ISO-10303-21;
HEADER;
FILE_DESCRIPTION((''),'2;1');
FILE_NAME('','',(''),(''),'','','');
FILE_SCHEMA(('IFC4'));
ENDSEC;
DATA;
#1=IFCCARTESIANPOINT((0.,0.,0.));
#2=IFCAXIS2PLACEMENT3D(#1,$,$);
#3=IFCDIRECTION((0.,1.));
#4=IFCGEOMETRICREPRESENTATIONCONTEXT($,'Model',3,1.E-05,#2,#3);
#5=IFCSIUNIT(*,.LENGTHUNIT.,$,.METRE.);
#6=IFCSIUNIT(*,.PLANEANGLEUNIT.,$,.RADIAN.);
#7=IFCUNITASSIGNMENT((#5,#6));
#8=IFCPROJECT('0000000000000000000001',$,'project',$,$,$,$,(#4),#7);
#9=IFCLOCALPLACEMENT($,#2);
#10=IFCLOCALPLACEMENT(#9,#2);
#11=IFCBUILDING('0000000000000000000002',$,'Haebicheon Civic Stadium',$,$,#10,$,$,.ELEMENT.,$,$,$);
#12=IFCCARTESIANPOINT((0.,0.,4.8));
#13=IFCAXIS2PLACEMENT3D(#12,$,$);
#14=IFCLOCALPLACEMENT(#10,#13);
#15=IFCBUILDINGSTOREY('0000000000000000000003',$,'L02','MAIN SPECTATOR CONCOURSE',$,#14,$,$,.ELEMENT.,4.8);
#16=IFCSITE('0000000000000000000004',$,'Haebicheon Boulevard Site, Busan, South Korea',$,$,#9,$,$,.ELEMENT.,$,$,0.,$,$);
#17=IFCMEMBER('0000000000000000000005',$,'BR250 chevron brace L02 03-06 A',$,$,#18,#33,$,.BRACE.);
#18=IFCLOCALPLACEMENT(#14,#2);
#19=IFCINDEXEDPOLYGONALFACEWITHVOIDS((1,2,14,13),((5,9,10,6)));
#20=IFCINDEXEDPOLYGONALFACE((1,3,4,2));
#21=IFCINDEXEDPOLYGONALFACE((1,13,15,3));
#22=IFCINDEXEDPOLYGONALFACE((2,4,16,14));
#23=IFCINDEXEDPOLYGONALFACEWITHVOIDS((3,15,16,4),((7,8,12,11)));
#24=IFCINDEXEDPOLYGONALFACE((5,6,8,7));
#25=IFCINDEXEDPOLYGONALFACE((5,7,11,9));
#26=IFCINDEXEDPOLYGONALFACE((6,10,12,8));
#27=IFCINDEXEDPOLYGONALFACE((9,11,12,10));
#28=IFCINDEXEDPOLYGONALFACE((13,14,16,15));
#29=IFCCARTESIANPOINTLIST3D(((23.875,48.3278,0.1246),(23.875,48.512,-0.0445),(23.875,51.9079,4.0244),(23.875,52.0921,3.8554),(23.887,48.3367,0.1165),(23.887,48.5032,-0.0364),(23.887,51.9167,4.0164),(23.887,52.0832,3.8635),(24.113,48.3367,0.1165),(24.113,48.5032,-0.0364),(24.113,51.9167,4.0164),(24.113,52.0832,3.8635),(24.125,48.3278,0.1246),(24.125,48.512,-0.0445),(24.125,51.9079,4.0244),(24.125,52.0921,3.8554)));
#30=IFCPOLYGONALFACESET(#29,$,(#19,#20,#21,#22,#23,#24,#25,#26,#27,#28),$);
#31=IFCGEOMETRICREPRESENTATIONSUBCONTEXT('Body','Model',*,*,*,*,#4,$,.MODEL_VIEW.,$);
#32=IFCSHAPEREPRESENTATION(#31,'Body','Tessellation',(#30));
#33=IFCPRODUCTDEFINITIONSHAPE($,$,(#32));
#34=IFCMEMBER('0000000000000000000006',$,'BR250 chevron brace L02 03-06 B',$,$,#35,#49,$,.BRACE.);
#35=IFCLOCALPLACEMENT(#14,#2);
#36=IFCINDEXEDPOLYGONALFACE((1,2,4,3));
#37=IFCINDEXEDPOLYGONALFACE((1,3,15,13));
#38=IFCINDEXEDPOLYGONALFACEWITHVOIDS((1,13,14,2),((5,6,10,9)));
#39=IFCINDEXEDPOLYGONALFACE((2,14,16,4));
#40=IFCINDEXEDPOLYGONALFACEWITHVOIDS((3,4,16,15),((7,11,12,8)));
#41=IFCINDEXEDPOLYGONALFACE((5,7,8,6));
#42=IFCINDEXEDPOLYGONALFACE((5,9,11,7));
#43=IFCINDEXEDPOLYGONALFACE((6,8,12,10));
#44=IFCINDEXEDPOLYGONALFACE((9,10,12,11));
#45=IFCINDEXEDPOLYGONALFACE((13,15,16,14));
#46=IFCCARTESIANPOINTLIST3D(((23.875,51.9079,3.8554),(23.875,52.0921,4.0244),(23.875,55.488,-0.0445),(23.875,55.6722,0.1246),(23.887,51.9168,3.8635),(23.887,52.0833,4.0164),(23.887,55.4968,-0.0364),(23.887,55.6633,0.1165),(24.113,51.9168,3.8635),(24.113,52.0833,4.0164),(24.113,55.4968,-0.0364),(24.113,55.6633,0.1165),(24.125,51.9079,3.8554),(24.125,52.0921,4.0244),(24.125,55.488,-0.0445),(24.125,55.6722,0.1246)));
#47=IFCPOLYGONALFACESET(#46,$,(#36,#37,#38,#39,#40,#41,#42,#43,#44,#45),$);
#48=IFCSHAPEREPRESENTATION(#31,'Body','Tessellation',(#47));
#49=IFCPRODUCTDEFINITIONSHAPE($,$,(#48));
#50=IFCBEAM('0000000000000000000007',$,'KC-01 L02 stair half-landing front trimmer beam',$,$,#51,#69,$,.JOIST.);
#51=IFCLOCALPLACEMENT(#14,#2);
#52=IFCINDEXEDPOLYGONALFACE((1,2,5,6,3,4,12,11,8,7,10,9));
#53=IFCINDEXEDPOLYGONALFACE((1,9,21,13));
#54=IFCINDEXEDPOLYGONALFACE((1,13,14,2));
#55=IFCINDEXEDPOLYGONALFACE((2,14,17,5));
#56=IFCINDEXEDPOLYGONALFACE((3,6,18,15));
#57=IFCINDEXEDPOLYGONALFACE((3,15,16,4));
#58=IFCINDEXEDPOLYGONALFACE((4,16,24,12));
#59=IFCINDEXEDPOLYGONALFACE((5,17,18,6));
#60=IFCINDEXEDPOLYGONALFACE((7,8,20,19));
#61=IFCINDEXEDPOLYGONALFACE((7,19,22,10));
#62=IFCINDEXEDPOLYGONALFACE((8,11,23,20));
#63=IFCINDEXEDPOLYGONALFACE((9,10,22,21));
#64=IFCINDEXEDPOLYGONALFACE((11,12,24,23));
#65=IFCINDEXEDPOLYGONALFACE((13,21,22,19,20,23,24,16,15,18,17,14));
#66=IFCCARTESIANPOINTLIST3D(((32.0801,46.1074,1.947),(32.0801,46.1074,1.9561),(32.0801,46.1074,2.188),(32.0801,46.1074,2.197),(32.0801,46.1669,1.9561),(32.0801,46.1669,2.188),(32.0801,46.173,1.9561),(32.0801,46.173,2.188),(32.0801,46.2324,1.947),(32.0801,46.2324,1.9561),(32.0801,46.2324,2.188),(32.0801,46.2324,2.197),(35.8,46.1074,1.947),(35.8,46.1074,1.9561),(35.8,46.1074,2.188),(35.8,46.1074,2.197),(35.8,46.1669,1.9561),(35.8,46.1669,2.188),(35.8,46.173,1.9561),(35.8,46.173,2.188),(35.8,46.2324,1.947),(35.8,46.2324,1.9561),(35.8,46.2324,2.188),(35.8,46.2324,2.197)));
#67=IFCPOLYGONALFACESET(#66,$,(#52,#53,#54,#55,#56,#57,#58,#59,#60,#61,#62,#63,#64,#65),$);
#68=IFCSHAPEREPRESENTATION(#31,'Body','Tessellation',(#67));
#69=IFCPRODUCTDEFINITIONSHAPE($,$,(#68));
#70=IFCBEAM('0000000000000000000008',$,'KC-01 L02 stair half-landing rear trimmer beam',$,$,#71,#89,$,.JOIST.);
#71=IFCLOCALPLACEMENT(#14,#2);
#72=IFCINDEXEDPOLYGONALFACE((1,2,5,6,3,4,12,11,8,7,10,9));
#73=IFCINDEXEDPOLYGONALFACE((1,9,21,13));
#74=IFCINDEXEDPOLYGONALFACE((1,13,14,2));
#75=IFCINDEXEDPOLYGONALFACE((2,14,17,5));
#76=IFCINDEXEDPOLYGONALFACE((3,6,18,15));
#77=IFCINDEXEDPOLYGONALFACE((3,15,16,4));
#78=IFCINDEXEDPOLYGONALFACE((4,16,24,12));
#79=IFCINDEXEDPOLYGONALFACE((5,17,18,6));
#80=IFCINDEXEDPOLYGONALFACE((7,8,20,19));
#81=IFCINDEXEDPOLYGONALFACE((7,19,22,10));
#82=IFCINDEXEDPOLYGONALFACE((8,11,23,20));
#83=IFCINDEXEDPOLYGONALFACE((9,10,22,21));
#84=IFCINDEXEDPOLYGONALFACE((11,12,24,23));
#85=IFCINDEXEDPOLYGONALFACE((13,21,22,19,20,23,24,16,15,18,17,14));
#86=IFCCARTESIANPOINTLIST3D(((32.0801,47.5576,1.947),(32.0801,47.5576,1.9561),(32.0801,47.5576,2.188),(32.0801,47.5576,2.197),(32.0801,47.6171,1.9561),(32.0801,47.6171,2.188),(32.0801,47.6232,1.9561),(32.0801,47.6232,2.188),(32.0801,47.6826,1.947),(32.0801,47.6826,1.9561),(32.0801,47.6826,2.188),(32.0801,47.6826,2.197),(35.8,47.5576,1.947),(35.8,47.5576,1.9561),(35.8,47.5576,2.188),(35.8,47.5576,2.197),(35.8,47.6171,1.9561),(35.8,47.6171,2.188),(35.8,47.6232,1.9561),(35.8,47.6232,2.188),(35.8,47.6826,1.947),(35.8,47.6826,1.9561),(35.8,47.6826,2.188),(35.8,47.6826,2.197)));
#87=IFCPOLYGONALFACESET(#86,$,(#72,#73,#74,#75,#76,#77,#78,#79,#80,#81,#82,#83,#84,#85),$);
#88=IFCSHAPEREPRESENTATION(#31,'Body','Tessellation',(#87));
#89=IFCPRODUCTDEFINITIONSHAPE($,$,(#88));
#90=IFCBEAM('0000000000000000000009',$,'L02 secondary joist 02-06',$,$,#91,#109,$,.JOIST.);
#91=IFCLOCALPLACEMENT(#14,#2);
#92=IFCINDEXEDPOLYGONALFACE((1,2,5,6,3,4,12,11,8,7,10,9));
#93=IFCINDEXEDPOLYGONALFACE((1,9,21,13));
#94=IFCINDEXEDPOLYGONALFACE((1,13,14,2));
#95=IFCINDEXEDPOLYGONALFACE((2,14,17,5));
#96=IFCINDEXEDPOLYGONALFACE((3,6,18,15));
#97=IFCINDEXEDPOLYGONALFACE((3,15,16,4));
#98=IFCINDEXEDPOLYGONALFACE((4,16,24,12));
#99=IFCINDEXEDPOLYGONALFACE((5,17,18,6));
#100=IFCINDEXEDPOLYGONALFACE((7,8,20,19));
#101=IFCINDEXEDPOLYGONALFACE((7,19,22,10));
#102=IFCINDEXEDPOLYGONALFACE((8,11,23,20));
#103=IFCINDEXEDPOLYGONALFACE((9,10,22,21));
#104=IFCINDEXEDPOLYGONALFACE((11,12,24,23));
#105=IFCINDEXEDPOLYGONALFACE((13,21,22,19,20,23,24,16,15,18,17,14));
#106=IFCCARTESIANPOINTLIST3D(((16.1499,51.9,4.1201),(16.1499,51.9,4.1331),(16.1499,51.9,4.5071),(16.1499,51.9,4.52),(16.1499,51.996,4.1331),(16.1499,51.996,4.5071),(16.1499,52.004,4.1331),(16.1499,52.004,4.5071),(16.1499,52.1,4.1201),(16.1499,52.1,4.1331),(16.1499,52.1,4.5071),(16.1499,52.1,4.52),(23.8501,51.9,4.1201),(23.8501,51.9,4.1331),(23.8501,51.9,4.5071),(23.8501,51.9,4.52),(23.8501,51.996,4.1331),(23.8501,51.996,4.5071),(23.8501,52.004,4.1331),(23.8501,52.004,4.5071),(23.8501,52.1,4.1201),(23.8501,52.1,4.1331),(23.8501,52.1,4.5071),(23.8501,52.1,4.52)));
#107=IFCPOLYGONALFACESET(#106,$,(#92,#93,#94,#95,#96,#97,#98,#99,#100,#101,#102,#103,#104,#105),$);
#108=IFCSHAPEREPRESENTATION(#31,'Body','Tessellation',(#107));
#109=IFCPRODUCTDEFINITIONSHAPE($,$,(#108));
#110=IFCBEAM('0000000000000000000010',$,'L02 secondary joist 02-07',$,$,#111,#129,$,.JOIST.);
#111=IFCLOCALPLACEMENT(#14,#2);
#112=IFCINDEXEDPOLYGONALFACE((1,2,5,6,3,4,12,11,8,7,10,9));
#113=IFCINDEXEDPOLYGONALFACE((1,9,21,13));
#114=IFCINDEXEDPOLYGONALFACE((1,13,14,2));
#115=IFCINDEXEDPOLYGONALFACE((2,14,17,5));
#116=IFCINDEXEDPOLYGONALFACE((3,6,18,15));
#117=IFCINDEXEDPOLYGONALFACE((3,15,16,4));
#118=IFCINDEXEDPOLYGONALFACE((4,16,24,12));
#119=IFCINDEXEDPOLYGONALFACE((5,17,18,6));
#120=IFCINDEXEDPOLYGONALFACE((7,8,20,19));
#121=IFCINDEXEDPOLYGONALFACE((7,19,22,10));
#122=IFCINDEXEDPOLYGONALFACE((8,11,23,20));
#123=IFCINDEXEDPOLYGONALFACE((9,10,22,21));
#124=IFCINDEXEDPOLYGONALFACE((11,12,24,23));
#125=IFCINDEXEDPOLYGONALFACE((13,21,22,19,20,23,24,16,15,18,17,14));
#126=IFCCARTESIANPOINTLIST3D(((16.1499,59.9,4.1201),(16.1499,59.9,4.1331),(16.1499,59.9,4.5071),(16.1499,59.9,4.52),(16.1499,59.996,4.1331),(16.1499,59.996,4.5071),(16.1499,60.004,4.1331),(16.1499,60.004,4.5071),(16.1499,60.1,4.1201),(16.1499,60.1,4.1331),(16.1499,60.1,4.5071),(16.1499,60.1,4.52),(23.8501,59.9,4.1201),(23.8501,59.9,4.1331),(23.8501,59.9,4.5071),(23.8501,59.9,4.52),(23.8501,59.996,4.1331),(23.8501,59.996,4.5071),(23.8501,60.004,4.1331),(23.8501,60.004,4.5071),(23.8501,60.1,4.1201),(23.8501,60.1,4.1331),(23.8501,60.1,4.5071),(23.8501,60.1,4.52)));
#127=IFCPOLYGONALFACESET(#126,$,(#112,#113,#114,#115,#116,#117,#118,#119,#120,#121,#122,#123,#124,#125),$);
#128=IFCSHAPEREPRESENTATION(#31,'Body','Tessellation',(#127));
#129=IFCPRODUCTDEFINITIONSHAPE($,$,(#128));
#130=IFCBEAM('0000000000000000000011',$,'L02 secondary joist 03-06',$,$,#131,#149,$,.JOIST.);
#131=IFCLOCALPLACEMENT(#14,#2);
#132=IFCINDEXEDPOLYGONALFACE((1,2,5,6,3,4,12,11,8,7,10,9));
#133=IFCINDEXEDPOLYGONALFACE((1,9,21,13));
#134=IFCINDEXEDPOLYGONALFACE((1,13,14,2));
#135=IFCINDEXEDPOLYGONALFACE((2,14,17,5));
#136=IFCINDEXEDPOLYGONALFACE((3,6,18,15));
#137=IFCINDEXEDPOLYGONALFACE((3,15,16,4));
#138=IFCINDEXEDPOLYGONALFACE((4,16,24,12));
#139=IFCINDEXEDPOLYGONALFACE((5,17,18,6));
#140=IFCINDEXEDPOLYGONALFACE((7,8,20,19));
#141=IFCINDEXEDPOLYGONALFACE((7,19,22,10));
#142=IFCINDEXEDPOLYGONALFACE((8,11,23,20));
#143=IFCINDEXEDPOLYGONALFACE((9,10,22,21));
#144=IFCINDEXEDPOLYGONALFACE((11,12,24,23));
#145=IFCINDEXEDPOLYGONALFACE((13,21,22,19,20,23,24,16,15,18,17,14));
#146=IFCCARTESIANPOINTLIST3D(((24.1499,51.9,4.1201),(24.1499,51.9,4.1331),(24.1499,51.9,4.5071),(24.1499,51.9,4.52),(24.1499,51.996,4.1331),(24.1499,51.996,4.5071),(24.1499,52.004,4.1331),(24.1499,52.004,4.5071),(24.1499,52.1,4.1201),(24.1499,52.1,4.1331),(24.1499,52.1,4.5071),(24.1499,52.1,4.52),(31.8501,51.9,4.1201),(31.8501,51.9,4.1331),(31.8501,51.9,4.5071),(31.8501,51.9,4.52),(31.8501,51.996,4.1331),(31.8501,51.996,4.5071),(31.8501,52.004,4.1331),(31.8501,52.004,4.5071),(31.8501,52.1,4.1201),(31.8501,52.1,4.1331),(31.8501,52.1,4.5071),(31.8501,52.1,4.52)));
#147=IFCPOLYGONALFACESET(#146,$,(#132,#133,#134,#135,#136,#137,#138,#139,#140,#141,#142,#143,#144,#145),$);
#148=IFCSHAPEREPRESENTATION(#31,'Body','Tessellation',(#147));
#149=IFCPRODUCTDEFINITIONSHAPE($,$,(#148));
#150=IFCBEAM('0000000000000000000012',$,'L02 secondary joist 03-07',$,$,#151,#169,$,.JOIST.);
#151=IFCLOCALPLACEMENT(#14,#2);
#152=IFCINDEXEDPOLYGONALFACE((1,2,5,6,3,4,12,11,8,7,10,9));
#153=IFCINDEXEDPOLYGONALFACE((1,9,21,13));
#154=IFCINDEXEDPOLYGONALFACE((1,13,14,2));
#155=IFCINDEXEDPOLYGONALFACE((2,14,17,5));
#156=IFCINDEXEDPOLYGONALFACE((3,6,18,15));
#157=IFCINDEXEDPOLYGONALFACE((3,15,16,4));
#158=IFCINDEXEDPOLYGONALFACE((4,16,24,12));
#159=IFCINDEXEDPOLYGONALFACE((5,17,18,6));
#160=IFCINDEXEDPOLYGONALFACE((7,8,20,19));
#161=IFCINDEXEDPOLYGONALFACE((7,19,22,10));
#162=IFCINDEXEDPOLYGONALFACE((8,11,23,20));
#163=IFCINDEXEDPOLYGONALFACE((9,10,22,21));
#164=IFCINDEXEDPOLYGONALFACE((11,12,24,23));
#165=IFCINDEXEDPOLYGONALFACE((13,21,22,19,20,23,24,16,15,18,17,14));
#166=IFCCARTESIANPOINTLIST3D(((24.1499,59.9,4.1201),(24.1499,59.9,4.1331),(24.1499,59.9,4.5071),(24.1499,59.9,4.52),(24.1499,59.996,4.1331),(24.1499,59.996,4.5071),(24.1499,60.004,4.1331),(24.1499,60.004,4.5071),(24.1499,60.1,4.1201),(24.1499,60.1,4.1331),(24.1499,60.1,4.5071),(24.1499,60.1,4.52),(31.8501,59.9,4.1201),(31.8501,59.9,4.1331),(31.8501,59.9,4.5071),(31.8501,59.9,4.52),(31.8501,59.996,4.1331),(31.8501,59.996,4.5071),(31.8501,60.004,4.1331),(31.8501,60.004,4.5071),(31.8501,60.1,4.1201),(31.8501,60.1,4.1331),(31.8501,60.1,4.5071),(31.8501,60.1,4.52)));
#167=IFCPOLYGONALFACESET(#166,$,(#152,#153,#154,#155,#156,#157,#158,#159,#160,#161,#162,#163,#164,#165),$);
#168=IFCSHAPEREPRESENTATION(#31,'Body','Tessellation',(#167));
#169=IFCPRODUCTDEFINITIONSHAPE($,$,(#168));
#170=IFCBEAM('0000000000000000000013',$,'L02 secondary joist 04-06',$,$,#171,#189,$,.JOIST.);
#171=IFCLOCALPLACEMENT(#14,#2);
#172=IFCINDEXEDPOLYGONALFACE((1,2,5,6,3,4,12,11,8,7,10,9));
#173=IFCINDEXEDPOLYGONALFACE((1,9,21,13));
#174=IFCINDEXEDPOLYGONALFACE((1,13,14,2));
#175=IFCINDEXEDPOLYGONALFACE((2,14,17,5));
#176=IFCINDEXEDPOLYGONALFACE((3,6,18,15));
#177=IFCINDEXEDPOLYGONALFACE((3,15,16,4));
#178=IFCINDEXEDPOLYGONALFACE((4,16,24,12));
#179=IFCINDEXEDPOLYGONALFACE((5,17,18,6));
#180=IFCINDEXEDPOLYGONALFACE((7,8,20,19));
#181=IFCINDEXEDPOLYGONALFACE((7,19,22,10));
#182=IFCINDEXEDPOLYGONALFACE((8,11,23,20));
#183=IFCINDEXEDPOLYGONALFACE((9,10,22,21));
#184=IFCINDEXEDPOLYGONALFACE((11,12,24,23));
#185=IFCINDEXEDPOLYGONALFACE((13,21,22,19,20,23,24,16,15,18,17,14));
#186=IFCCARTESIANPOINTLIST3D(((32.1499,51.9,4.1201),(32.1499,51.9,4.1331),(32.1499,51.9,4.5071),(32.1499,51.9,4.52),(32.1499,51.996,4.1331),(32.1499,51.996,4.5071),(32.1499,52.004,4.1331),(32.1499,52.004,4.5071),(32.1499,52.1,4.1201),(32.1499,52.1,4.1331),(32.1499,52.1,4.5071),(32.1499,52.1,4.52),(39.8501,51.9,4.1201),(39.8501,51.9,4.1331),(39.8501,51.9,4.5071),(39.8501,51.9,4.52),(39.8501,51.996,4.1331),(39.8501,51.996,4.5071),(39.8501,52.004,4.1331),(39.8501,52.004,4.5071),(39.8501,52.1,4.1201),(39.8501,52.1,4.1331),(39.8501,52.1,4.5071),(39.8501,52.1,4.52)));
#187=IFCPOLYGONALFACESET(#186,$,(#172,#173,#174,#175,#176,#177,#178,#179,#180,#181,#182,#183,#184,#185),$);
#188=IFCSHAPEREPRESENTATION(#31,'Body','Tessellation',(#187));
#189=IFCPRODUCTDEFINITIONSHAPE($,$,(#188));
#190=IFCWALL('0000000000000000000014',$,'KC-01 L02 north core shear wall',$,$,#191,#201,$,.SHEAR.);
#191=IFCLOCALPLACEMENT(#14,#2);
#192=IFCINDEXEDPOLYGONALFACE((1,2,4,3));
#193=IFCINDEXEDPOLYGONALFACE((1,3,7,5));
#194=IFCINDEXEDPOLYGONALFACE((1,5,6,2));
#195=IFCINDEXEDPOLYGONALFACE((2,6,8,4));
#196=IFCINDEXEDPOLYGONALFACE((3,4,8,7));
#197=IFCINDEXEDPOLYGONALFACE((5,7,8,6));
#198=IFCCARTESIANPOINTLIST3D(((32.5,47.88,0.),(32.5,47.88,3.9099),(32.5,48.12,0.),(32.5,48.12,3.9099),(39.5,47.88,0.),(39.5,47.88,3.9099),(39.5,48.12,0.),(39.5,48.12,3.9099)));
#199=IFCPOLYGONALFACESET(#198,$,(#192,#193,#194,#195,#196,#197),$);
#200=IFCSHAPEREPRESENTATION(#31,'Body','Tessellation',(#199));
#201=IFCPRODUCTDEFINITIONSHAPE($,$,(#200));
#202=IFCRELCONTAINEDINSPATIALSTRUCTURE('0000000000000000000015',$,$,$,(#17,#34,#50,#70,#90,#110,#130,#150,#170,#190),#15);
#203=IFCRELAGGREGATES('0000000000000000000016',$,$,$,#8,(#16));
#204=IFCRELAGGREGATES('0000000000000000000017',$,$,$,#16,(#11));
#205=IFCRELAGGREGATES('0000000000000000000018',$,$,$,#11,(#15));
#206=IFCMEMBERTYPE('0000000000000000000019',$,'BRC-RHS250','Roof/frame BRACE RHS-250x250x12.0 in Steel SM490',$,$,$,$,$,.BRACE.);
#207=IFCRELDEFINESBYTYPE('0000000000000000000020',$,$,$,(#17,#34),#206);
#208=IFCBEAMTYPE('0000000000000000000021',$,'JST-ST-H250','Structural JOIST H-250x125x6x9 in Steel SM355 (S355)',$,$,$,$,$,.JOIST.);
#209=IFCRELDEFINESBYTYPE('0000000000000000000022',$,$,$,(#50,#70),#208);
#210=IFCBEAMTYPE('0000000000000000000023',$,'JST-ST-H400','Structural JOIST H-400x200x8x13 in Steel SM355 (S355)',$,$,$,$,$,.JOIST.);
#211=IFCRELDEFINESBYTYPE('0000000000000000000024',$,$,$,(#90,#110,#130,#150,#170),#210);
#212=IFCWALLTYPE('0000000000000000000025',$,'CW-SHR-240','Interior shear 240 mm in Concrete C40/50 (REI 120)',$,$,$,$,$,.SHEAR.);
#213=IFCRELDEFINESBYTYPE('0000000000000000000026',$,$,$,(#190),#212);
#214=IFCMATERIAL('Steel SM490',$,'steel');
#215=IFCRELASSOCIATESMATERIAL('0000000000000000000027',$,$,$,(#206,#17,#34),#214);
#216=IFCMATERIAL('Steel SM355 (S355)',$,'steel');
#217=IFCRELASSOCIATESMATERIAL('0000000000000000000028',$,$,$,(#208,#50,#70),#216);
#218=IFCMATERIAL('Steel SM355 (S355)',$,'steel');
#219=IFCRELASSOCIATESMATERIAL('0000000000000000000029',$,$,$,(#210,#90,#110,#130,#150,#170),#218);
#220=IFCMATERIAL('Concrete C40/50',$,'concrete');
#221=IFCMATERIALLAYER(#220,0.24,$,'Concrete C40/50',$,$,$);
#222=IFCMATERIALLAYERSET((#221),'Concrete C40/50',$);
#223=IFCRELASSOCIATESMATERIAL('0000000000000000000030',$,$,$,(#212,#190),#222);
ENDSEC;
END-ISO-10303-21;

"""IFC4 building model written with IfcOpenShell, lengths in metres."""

from ifc_helpers import new_model, si_unit, direction, frame, frame_2d, origin, origin_2d, place, context, subcontext, project, spatial, rectangle, hollow_rectangle, i_section, extrude, material, layer, layer_set, material_profile, profile_set, type_object, element, save


model = new_model("IFC4")

# Units and contexts
model_context = context("Model", 3, precision=1e-05, world=origin(), true_north=direction((0.0, 1.0)))
body_context = subcontext(model_context, "Body", "Model", "MODEL_VIEW")
ifc_project = project(units=[si_unit("LENGTHUNIT", "METRE"), si_unit("PLANEANGLEUNIT", "RADIAN")], contexts=[model_context])

# Site, building, storey
site_placement = place(None, origin())
site = spatial("IfcSite", under=ifc_project, at=site_placement, Name="Haebicheon Boulevard Site, Busan, South Korea", CompositionType="ELEMENT", RefElevation=0.0)
building_placement = place(site_placement, origin())
building = spatial("IfcBuilding", under=site, at=building_placement, Name="Haebicheon Civic Stadium", CompositionType="ELEMENT")
storey_placement = place(building_placement, frame((0.0, 0.0, 4.8)))
storey = spatial("IfcBuildingStorey", under=building, at=storey_placement, Name="L02", Description="MAIN SPECTATOR CONCOURSE", CompositionType="ELEMENT", Elevation=4.8)

# Members
ifc_material_1 = material(Name="Steel SM490", Category="steel")
ifc_material_profile_1 = material_profile(ifc_material_1, hollow_rectangle(XDim=0.25, YDim=0.25, WallThickness=0.012, at=origin_2d()), Name="RHS-250x250x12.0")
ifc_profile_set_1 = profile_set([ifc_material_profile_1], Name="Steel SM490")
member_type = type_object("IfcMemberType", Name="BRC-RHS250", Description="Roof/frame BRACE RHS-250x250x12.0 in Steel SM490", PredefinedType="BRACE", material=ifc_profile_set_1)
for number, where, z_axis, x_axis, name in (
    (1, (24.0, 48.4199, 0.04), (0.0, 0.676255, 0.736668), (-1.0, 0.0, 0.0), "BR250 chevron brace L02 03-06 A"),
    (2, (24.0, 55.5801, 0.04), (0.0, -0.676255, 0.736668), (1.0, 0.0, 0.0), "BR250 chevron brace L02 03-06 B"),
):
    element("IfcMember", number, at=place(storey_placement, frame(where, z_axis=z_axis, x_axis=x_axis)), inside=storey, type_object=member_type, material=ifc_profile_set_1, Name=name, PredefinedType="BRACE", context=body_context, shape_type="SweptSolid", body=[
        extrude(hollow_rectangle(XDim=0.25, YDim=0.25, WallThickness=0.012, at=origin_2d()), origin(), (0.0, 0.0, 1.0), 5.2939),
    ])

# Beams
ifc_material_2 = material(Name="Steel SM355 (S355)", Category="steel")
ifc_material_profile_2 = material_profile(ifc_material_2, i_section(OverallWidth=0.125, OverallDepth=0.25, WebThickness=0.0061, FlangeThickness=0.009, at=origin_2d()), Name="H-250x125x6x9")
ifc_profile_set_2 = profile_set([ifc_material_profile_2], Name="Steel SM355 (S355)")
beam_type_1 = type_object("IfcBeamType", Name="JST-ST-H250", Description="Structural JOIST H-250x125x6x9 in Steel SM355 (S355)", PredefinedType="JOIST", material=ifc_profile_set_2)
for number, where, z_axis, x_axis, name in (
    (3, (32.0801, 46.1699, 2.072), (1.0, 0.0, 0.0), (0.0, 1.0, 0.0), "KC-01 L02 stair half-landing front trimmer beam"),
    (4, (32.0801, 47.6201, 2.072), (1.0, 0.0, 0.0), (0.0, 1.0, 0.0), "KC-01 L02 stair half-landing rear trimmer beam"),
):
    element("IfcBeam", number, at=place(storey_placement, frame(where, z_axis=z_axis, x_axis=x_axis)), inside=storey, type_object=beam_type_1, material=ifc_profile_set_2, Name=name, PredefinedType="JOIST", context=body_context, shape_type="SweptSolid", body=[
        extrude(i_section(OverallWidth=0.125, OverallDepth=0.25, WebThickness=0.0061, FlangeThickness=0.009, at=origin_2d()), origin(), (0.0, 0.0, 1.0), 3.72),
    ])
ifc_material_3 = material(Name="Steel SM355 (S355)", Category="steel")
ifc_material_profile_3 = material_profile(ifc_material_3, i_section(OverallWidth=0.2, OverallDepth=0.3999, WebThickness=0.0081, FlangeThickness=0.0129, at=origin_2d()), Name="H-400x200x8x13")
ifc_profile_set_3 = profile_set([ifc_material_profile_3], Name="Steel SM355 (S355)")
beam_type_2 = type_object("IfcBeamType", Name="JST-ST-H400", Description="Structural JOIST H-400x200x8x13 in Steel SM355 (S355)", PredefinedType="JOIST", material=ifc_profile_set_3)
for number, where, z_axis, x_axis, name in (
    (5, (16.1499, 52.0, 4.3201), (1.0, 0.0, 0.0), (0.0, 1.0, 0.0), "L02 secondary joist 02-06"),
    (6, (16.1499, 60.0, 4.3201), (1.0, 0.0, 0.0), (0.0, 1.0, 0.0), "L02 secondary joist 02-07"),
    (7, (24.1499, 52.0, 4.3201), (1.0, 0.0, 0.0), (0.0, 1.0, 0.0), "L02 secondary joist 03-06"),
    (8, (24.1499, 60.0, 4.3201), (1.0, 0.0, 0.0), (0.0, 1.0, 0.0), "L02 secondary joist 03-07"),
    (9, (32.1499, 52.0, 4.3201), (1.0, 0.0, 0.0), (0.0, 1.0, 0.0), "L02 secondary joist 04-06"),
):
    element("IfcBeam", number, at=place(storey_placement, frame(where, z_axis=z_axis, x_axis=x_axis)), inside=storey, type_object=beam_type_2, material=ifc_profile_set_3, Name=name, PredefinedType="JOIST", context=body_context, shape_type="SweptSolid", body=[
        extrude(i_section(OverallWidth=0.2, OverallDepth=0.3999, WebThickness=0.0081, FlangeThickness=0.0129, at=origin_2d()), origin(), (0.0, 0.0, 1.0), 7.7002),
    ])

# Wall
ifc_material_4 = material(Name="Concrete C40/50", Category="concrete")
ifc_layer_1 = layer(ifc_material_4, 0.24, Name="Concrete C40/50")
ifc_layer_set_1 = layer_set([ifc_layer_1], Name="Concrete C40/50")
wall_type_1 = type_object("IfcWallType", Name="CW-SHR-240", Description="Interior shear 240 mm in Concrete C40/50 (REI 120)", PredefinedType="SHEAR", material=ifc_layer_set_1)
wall_1_placement = place(storey_placement, frame((32.5, 48.0, 0.0), z_axis=(0.0, 0.0, 1.0), x_axis=(1.0, 0.0, 0.0)))
element("IfcWall", 10, at=wall_1_placement, inside=storey, type_object=wall_type_1, material=ifc_layer_set_1, Name="KC-01 L02 north core shear wall", PredefinedType="SHEAR", context=body_context, shape_type="SweptSolid", body=[
    extrude(rectangle(XDim=7.0, YDim=0.24, at=frame_2d((3.5, 0.0))), origin(), (0.0, 0.0, 1.0), 3.9099),
])

save(model, "model.ifc")
